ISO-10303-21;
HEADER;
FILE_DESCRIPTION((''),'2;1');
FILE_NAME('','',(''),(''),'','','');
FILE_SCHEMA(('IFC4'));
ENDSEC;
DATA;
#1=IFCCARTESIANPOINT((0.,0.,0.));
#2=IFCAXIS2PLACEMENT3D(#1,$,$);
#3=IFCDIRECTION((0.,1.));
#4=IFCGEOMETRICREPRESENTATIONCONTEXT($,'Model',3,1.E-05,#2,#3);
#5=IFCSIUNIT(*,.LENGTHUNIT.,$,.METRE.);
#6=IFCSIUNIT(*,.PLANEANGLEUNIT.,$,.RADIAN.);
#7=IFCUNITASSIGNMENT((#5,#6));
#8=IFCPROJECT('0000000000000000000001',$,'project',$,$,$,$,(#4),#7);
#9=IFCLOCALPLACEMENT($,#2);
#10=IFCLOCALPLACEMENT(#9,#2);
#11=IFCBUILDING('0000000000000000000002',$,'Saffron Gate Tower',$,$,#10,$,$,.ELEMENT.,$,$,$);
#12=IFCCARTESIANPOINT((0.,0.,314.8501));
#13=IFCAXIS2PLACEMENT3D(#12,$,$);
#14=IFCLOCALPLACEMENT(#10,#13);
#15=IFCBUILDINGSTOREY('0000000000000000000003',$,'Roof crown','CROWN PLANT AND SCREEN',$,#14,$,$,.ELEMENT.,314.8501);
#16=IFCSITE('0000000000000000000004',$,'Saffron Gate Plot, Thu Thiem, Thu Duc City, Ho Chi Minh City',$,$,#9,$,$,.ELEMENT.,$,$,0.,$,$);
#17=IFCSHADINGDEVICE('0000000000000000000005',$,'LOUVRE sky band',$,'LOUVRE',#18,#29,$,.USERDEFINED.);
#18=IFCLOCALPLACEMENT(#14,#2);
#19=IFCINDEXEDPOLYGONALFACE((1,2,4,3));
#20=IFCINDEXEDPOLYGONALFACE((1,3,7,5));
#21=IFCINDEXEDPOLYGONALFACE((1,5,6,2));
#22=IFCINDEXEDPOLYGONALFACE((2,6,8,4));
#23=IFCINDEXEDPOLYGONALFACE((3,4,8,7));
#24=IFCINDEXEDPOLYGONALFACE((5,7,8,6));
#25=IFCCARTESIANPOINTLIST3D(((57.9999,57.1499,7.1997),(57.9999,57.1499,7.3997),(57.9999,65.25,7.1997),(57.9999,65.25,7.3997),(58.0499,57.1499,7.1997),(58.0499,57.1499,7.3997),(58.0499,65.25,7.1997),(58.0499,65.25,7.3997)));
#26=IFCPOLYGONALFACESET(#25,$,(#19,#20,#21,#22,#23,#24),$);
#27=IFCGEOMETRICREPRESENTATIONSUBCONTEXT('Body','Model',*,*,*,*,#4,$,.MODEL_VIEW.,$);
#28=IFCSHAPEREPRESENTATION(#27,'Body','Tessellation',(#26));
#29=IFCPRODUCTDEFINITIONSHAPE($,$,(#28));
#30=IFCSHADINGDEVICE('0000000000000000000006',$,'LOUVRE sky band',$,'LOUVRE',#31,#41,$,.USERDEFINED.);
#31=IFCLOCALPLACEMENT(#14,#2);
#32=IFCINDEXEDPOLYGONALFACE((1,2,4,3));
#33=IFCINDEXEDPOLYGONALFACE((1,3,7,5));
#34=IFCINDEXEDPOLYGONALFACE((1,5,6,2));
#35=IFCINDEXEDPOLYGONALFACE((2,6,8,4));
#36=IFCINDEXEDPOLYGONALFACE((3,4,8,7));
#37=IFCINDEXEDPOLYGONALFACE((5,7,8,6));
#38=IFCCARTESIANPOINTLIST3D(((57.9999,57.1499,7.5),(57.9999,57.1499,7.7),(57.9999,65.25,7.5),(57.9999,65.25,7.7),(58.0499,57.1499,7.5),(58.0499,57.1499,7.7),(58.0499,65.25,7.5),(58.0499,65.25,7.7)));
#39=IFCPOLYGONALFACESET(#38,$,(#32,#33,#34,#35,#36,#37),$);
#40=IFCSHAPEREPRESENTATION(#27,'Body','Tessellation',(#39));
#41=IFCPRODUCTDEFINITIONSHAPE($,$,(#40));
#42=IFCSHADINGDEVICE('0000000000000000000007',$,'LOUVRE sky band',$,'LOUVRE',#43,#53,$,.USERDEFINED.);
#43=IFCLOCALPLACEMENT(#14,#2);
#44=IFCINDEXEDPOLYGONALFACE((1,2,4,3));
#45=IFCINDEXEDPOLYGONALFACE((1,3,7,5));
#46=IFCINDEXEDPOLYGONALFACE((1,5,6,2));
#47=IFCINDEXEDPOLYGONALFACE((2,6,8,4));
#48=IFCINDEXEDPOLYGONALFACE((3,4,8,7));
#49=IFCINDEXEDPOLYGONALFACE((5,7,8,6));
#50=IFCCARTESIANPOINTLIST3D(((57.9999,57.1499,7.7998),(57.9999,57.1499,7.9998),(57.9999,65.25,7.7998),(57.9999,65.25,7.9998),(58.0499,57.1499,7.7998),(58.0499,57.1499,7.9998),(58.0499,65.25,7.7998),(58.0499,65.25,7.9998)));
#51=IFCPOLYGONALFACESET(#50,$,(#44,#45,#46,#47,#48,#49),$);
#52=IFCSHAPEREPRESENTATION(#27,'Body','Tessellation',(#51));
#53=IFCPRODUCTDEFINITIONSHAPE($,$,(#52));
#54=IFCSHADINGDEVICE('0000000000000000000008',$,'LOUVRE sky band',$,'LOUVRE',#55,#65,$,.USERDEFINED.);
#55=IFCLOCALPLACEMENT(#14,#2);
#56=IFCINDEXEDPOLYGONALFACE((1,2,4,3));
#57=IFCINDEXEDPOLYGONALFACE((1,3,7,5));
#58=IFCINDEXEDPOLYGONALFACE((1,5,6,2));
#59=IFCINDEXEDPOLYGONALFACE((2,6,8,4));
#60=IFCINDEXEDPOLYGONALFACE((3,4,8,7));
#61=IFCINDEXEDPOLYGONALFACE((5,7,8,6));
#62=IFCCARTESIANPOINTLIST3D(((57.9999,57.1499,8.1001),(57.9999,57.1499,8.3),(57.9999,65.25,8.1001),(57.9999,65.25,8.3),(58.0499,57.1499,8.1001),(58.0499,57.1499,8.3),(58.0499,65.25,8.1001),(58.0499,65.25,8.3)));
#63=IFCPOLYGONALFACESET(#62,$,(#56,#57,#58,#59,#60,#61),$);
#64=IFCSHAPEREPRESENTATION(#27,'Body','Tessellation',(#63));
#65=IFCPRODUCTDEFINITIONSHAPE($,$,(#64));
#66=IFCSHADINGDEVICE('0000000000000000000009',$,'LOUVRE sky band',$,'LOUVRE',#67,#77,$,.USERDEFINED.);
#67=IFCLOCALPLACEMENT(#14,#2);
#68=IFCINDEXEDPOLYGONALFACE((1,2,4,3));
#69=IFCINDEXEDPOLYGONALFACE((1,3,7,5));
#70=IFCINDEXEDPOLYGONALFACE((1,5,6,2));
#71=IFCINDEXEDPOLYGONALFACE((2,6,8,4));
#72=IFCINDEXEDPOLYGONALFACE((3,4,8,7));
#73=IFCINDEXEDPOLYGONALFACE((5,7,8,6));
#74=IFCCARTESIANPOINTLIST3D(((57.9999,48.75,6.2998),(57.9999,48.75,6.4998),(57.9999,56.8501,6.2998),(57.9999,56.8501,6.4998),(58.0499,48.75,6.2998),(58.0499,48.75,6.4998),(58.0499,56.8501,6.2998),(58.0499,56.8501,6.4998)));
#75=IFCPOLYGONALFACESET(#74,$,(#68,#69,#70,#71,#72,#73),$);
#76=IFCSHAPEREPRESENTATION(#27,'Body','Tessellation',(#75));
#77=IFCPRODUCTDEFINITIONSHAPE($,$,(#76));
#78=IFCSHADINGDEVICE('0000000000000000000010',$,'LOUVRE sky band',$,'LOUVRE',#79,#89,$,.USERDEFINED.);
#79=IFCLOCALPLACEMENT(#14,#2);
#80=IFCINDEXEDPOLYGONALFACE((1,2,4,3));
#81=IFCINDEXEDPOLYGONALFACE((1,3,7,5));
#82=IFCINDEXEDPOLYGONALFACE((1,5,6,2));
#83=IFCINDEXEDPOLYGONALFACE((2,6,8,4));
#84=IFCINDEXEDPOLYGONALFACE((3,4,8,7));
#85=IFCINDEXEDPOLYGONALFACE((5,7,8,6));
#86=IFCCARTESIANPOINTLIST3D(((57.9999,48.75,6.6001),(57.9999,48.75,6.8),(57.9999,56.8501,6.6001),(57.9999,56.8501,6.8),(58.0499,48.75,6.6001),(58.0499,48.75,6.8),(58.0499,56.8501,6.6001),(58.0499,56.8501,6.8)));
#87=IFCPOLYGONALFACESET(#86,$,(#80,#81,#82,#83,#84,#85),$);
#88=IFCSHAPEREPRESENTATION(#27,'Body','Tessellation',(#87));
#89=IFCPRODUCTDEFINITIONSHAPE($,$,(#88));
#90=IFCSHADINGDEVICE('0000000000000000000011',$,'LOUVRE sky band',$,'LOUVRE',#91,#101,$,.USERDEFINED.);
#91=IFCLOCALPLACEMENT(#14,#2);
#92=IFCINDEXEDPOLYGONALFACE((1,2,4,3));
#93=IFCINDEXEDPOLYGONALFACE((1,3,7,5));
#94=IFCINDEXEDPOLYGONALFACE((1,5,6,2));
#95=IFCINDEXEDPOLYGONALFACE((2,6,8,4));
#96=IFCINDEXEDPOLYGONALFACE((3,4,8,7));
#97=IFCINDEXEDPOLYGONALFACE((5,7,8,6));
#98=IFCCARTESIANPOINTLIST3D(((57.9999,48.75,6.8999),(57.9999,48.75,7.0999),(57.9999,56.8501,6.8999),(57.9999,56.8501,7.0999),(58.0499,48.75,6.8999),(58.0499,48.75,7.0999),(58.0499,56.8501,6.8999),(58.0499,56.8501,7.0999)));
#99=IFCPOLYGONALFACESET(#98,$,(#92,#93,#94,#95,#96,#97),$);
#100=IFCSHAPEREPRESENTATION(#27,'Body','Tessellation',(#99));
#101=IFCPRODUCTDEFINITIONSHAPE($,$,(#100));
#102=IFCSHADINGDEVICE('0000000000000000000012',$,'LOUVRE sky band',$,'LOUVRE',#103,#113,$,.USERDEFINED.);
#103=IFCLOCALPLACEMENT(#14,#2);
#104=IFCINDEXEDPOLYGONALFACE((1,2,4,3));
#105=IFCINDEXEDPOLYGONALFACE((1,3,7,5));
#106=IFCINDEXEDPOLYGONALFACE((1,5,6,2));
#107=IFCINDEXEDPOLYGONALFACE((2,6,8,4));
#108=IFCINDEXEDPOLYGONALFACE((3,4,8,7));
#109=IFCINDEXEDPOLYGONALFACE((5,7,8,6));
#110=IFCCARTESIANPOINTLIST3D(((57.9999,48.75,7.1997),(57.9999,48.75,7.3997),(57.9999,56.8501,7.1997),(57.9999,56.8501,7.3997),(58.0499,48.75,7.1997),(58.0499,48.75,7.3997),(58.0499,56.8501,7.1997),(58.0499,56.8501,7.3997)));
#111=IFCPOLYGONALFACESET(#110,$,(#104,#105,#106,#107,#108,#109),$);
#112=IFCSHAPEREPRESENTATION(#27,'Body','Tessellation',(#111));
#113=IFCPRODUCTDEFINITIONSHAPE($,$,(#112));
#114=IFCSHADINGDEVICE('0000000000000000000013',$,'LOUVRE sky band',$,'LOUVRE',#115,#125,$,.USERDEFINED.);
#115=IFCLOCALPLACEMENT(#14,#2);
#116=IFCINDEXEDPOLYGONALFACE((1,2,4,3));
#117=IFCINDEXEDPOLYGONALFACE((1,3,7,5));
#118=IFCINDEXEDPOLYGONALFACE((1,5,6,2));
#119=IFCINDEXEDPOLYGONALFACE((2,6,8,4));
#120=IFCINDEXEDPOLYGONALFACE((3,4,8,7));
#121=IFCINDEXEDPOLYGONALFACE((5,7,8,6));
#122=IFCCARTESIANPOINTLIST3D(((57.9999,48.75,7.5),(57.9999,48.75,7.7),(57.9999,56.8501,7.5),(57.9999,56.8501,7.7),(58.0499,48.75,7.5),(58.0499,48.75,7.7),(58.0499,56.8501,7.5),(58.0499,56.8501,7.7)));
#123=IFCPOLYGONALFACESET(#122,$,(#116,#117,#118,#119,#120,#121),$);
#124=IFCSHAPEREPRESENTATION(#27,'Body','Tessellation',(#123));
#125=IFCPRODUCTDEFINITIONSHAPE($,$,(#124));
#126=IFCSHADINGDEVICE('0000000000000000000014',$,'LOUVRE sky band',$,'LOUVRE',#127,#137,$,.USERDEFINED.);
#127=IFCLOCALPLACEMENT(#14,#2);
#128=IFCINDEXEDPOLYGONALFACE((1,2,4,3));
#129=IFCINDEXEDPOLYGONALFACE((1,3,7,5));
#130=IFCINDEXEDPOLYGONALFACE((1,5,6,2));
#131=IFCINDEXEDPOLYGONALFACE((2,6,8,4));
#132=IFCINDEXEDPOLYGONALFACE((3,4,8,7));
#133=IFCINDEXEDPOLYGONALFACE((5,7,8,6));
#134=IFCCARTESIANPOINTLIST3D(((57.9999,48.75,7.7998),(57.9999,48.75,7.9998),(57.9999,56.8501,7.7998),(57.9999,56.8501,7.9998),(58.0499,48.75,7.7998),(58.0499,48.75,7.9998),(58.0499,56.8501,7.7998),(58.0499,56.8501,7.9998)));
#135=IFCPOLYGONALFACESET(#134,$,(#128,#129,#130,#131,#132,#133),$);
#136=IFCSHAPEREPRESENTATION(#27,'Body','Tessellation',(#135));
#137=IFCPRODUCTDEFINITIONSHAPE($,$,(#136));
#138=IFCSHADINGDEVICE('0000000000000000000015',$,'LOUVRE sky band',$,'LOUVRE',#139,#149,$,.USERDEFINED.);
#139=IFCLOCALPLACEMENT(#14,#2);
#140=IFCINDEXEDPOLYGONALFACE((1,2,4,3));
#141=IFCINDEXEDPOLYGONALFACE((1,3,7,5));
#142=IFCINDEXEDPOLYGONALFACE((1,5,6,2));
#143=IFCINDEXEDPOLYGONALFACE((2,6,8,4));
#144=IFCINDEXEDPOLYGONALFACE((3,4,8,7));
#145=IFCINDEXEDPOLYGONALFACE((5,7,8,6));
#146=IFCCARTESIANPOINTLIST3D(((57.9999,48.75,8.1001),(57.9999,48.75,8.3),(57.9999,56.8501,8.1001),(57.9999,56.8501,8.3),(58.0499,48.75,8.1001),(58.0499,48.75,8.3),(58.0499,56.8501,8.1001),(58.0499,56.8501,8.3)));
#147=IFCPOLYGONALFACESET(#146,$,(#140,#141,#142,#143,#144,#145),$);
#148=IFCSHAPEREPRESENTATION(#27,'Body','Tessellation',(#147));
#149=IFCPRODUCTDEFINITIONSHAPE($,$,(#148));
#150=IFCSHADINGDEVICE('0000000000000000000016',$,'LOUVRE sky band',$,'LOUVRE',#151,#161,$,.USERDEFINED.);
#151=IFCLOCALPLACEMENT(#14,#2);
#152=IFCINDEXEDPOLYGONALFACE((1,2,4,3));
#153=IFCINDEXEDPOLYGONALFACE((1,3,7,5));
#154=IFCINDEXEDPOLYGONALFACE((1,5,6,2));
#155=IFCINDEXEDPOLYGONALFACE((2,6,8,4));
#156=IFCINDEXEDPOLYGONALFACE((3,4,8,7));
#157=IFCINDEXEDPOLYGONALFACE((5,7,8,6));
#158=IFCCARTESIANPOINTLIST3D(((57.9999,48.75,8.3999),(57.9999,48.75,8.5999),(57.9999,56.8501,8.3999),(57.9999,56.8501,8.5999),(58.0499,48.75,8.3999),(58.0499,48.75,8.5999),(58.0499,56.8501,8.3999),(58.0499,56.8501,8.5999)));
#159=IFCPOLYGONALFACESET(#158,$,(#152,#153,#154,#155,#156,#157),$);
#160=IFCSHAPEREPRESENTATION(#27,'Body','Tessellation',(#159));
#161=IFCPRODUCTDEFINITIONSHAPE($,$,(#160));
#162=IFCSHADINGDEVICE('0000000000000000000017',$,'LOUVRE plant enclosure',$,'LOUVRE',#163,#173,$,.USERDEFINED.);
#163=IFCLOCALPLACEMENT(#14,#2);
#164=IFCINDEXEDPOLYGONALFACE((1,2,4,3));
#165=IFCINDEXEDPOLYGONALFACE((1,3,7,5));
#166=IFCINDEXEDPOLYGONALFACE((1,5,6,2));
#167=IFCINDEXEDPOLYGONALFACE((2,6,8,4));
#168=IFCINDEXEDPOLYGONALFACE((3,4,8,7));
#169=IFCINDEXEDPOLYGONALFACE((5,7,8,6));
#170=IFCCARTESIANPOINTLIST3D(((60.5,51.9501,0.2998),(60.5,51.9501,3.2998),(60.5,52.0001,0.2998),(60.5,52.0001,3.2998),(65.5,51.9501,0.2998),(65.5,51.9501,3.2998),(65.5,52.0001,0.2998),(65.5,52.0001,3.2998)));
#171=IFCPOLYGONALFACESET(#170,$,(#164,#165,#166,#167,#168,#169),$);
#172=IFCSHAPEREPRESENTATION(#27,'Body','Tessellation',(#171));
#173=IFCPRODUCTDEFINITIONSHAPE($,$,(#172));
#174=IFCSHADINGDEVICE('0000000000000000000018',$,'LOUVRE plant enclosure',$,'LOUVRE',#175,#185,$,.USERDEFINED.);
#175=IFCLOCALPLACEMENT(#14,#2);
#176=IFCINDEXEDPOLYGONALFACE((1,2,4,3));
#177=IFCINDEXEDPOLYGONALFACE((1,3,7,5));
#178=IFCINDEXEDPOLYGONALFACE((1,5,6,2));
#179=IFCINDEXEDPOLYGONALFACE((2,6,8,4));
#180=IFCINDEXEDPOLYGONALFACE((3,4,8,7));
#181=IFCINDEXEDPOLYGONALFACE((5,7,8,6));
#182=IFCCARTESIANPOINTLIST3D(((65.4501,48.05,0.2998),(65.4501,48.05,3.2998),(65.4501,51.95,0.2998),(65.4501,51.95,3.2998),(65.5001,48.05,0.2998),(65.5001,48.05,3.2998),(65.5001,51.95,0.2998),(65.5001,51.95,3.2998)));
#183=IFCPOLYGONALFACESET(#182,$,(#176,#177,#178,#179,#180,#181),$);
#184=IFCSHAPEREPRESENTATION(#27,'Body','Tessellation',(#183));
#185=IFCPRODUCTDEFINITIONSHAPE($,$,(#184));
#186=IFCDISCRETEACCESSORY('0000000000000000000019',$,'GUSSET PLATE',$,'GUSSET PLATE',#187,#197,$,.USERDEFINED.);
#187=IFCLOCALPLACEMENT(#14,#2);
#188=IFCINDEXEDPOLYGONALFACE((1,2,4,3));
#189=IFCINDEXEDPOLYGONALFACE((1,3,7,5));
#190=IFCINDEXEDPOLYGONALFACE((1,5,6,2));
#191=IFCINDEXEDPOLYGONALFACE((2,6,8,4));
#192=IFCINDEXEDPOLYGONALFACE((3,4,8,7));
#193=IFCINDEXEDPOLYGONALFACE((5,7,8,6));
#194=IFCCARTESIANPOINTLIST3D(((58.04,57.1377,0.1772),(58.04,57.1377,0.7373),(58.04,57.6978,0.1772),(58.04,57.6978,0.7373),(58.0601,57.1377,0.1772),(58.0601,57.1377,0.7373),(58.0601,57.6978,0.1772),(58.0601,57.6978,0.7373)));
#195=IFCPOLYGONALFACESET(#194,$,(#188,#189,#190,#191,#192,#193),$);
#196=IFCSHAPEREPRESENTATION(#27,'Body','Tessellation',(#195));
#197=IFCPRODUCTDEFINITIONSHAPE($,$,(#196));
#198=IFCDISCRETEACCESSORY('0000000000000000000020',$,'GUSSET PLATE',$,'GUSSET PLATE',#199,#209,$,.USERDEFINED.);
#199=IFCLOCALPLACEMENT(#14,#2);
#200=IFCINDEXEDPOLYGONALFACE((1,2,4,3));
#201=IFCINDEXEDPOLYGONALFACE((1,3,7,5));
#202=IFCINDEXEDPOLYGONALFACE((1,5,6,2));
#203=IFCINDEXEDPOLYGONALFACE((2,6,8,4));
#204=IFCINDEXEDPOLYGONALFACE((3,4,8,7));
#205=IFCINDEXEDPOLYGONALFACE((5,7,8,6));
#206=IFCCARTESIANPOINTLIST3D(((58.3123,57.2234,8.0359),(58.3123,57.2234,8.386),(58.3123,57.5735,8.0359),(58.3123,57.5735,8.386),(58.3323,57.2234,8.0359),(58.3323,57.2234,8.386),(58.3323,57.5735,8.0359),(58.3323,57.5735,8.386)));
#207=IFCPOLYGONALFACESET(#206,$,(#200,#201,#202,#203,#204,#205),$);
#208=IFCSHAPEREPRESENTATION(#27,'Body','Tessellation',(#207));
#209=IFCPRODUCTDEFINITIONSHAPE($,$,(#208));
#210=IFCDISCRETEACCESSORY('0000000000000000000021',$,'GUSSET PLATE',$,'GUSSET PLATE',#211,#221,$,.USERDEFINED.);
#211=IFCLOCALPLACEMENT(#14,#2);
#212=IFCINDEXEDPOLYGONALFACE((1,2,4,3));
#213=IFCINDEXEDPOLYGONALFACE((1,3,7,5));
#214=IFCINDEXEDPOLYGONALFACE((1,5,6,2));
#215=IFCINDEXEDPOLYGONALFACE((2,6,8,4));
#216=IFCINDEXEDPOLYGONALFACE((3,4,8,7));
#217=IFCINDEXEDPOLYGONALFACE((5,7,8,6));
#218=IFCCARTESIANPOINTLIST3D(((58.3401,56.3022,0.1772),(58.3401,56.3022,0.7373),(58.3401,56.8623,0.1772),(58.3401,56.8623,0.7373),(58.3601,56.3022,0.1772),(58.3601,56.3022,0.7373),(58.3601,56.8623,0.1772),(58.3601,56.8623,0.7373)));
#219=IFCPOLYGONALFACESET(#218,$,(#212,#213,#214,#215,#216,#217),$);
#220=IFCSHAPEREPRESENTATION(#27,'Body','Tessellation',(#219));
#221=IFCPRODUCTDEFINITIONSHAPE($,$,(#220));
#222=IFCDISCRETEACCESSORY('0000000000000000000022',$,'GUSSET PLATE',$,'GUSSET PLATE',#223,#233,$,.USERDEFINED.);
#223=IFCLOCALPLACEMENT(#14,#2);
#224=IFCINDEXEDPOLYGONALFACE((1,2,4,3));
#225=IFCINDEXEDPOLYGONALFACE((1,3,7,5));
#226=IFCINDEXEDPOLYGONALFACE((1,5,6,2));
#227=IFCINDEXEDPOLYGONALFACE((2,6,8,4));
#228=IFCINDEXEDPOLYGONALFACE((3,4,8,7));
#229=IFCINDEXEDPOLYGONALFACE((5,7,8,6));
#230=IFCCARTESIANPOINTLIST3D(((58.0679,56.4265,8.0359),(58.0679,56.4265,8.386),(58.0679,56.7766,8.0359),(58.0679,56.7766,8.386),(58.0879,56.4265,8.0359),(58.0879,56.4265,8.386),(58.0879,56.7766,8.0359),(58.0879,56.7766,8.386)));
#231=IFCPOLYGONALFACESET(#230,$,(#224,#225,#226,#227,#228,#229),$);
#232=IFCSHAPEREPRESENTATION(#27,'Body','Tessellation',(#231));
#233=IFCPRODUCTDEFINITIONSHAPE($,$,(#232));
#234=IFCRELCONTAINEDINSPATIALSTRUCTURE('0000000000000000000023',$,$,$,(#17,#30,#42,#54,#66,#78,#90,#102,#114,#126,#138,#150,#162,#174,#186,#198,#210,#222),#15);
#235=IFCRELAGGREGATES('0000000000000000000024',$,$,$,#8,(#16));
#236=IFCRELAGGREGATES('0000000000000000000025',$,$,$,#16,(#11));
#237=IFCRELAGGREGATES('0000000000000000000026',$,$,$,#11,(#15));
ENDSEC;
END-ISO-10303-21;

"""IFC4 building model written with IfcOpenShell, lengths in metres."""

from ifc_helpers import new_model, si_unit, direction, frame, origin, origin_2d, place, context, subcontext, project, spatial, rectangle, extrude, element, save


model = new_model("IFC4")

# Units and contexts
model_context = context("Model", 3, precision=1e-05, world=origin(), true_north=direction((0.0, 1.0)))
body_context = subcontext(model_context, "Body", "Model", "MODEL_VIEW")
ifc_project = project(units=[si_unit("LENGTHUNIT", "METRE"), si_unit("PLANEANGLEUNIT", "RADIAN")], contexts=[model_context])

# Site, building, storey
site_placement = place(None, origin())
site = spatial("IfcSite", under=ifc_project, at=site_placement, Name="Saffron Gate Plot, Thu Thiem, Thu Duc City, Ho Chi Minh City", CompositionType="ELEMENT", RefElevation=0.0)
building_placement = place(site_placement, origin())
building = spatial("IfcBuilding", under=site, at=building_placement, Name="Saffron Gate Tower", CompositionType="ELEMENT")
storey_placement = place(building_placement, frame((0.0, 0.0, 314.8501)))
storey = spatial("IfcBuildingStorey", under=building, at=storey_placement, Name="Roof crown", Description="CROWN PLANT AND SCREEN", CompositionType="ELEMENT", Elevation=314.8501)

# Shading devices
for number, where, z_axis, x_axis, name in (
    (1, (58.0249, 61.2, 7.1997), (0.0, 0.0, 1.0), (0.0, -1.0, 0.0), "LOUVRE sky band"),
    (2, (58.0249, 61.2, 7.5), (0.0, 0.0, 1.0), (0.0, -1.0, 0.0), "LOUVRE sky band"),
    (3, (58.0249, 61.2, 7.7998), (0.0, 0.0, 1.0), (0.0, -1.0, 0.0), "LOUVRE sky band"),
    (4, (58.0249, 61.2, 8.1001), (0.0, 0.0, 1.0), (0.0, -1.0, 0.0), "LOUVRE sky band"),
    (5, (58.0249, 52.8, 6.2998), (0.0, 0.0, 1.0), (0.0, -1.0, 0.0), "LOUVRE sky band"),
    (6, (58.0249, 52.8, 6.6001), (0.0, 0.0, 1.0), (0.0, -1.0, 0.0), "LOUVRE sky band"),
    (7, (58.0249, 52.8, 6.8999), (0.0, 0.0, 1.0), (0.0, -1.0, 0.0), "LOUVRE sky band"),
    (8, (58.0249, 52.8, 7.1997), (0.0, 0.0, 1.0), (0.0, -1.0, 0.0), "LOUVRE sky band"),
    (9, (58.0249, 52.8, 7.5), (0.0, 0.0, 1.0), (0.0, -1.0, 0.0), "LOUVRE sky band"),
    (10, (58.0249, 52.8, 7.7998), (0.0, 0.0, 1.0), (0.0, -1.0, 0.0), "LOUVRE sky band"),
    (11, (58.0249, 52.8, 8.1001), (0.0, 0.0, 1.0), (0.0, -1.0, 0.0), "LOUVRE sky band"),
    (12, (58.0249, 52.8, 8.3999), (0.0, 0.0, 1.0), (0.0, -1.0, 0.0), "LOUVRE sky band"),
):
    element("IfcShadingDevice", number, at=place(storey_placement, frame(where, z_axis=z_axis, x_axis=x_axis)), inside=storey, Name=name, ObjectType="LOUVRE", PredefinedType="USERDEFINED", context=body_context, shape_type="SweptSolid", body=[
        extrude(rectangle(XDim=8.1001, YDim=0.05, at=origin_2d()), origin(), (0.0, 0.0, 1.0), 0.2),
    ])
shading_device_1_placement = place(storey_placement, frame((63.0, 51.9751, 0.2998), z_axis=(0.0, 0.0, 1.0), x_axis=(1.0, 0.0, 0.0)))
element("IfcShadingDevice", 13, at=shading_device_1_placement, inside=storey, Name="LOUVRE plant enclosure", ObjectType="LOUVRE", PredefinedType="USERDEFINED", context=body_context, shape_type="SweptSolid", body=[
    extrude(rectangle(XDim=5.0, YDim=0.05, at=origin_2d()), origin(), (0.0, 0.0, 1.0), 3.0),
])
shading_device_2_placement = place(storey_placement, frame((65.4751, 50.0, 0.2998), z_axis=(0.0, 0.0, 1.0), x_axis=(1.0, 0.0, 0.0)))
element("IfcShadingDevice", 14, at=shading_device_2_placement, inside=storey, Name="LOUVRE plant enclosure", ObjectType="LOUVRE", PredefinedType="USERDEFINED", context=body_context, shape_type="SweptSolid", body=[
    extrude(rectangle(XDim=0.05, YDim=3.8999, at=origin_2d()), origin(), (0.0, 0.0, 1.0), 3.0),
])

# Discrete accessories
discrete_accessory_1_placement = place(storey_placement, frame((58.05, 57.4177, 0.1772), z_axis=(0.0, 0.0, 1.0), x_axis=(0.0, 1.0, 0.0)))
element("IfcDiscreteAccessory", 15, at=discrete_accessory_1_placement, inside=storey, Name="GUSSET PLATE", ObjectType="GUSSET PLATE", PredefinedType="USERDEFINED", context=body_context, shape_type="SweptSolid", body=[
    extrude(rectangle(XDim=0.5601, YDim=0.02, at=origin_2d()), origin(), (0.0, 0.0, 1.0), 0.5601),
])
discrete_accessory_2_placement = place(storey_placement, frame((58.3223, 57.3984, 8.0359), z_axis=(0.0, 0.0, 1.0), x_axis=(0.0, -1.0, 0.0)))
element("IfcDiscreteAccessory", 16, at=discrete_accessory_2_placement, inside=storey, Name="GUSSET PLATE", ObjectType="GUSSET PLATE", PredefinedType="USERDEFINED", context=body_context, shape_type="SweptSolid", body=[
    extrude(rectangle(XDim=0.3501, YDim=0.02, at=origin_2d()), origin(), (0.0, 0.0, 1.0), 0.3501),
])
discrete_accessory_3_placement = place(storey_placement, frame((58.3501, 56.5823, 0.1772), z_axis=(0.0, 0.0, 1.0), x_axis=(0.0, -1.0, 0.0)))
element("IfcDiscreteAccessory", 17, at=discrete_accessory_3_placement, inside=storey, Name="GUSSET PLATE", ObjectType="GUSSET PLATE", PredefinedType="USERDEFINED", context=body_context, shape_type="SweptSolid", body=[
    extrude(rectangle(XDim=0.5601, YDim=0.02, at=origin_2d()), origin(), (0.0, 0.0, 1.0), 0.5601),
])
discrete_accessory_4_placement = place(storey_placement, frame((58.0779, 56.6016, 8.0359), z_axis=(0.0, 0.0, 1.0), x_axis=(0.0, 1.0, 0.0)))
element("IfcDiscreteAccessory", 18, at=discrete_accessory_4_placement, inside=storey, Name="GUSSET PLATE", ObjectType="GUSSET PLATE", PredefinedType="USERDEFINED", context=body_context, shape_type="SweptSolid", body=[
    extrude(rectangle(XDim=0.3501, YDim=0.02, at=origin_2d()), origin(), (0.0, 0.0, 1.0), 0.3501),
])

save(model, "model.ifc")
